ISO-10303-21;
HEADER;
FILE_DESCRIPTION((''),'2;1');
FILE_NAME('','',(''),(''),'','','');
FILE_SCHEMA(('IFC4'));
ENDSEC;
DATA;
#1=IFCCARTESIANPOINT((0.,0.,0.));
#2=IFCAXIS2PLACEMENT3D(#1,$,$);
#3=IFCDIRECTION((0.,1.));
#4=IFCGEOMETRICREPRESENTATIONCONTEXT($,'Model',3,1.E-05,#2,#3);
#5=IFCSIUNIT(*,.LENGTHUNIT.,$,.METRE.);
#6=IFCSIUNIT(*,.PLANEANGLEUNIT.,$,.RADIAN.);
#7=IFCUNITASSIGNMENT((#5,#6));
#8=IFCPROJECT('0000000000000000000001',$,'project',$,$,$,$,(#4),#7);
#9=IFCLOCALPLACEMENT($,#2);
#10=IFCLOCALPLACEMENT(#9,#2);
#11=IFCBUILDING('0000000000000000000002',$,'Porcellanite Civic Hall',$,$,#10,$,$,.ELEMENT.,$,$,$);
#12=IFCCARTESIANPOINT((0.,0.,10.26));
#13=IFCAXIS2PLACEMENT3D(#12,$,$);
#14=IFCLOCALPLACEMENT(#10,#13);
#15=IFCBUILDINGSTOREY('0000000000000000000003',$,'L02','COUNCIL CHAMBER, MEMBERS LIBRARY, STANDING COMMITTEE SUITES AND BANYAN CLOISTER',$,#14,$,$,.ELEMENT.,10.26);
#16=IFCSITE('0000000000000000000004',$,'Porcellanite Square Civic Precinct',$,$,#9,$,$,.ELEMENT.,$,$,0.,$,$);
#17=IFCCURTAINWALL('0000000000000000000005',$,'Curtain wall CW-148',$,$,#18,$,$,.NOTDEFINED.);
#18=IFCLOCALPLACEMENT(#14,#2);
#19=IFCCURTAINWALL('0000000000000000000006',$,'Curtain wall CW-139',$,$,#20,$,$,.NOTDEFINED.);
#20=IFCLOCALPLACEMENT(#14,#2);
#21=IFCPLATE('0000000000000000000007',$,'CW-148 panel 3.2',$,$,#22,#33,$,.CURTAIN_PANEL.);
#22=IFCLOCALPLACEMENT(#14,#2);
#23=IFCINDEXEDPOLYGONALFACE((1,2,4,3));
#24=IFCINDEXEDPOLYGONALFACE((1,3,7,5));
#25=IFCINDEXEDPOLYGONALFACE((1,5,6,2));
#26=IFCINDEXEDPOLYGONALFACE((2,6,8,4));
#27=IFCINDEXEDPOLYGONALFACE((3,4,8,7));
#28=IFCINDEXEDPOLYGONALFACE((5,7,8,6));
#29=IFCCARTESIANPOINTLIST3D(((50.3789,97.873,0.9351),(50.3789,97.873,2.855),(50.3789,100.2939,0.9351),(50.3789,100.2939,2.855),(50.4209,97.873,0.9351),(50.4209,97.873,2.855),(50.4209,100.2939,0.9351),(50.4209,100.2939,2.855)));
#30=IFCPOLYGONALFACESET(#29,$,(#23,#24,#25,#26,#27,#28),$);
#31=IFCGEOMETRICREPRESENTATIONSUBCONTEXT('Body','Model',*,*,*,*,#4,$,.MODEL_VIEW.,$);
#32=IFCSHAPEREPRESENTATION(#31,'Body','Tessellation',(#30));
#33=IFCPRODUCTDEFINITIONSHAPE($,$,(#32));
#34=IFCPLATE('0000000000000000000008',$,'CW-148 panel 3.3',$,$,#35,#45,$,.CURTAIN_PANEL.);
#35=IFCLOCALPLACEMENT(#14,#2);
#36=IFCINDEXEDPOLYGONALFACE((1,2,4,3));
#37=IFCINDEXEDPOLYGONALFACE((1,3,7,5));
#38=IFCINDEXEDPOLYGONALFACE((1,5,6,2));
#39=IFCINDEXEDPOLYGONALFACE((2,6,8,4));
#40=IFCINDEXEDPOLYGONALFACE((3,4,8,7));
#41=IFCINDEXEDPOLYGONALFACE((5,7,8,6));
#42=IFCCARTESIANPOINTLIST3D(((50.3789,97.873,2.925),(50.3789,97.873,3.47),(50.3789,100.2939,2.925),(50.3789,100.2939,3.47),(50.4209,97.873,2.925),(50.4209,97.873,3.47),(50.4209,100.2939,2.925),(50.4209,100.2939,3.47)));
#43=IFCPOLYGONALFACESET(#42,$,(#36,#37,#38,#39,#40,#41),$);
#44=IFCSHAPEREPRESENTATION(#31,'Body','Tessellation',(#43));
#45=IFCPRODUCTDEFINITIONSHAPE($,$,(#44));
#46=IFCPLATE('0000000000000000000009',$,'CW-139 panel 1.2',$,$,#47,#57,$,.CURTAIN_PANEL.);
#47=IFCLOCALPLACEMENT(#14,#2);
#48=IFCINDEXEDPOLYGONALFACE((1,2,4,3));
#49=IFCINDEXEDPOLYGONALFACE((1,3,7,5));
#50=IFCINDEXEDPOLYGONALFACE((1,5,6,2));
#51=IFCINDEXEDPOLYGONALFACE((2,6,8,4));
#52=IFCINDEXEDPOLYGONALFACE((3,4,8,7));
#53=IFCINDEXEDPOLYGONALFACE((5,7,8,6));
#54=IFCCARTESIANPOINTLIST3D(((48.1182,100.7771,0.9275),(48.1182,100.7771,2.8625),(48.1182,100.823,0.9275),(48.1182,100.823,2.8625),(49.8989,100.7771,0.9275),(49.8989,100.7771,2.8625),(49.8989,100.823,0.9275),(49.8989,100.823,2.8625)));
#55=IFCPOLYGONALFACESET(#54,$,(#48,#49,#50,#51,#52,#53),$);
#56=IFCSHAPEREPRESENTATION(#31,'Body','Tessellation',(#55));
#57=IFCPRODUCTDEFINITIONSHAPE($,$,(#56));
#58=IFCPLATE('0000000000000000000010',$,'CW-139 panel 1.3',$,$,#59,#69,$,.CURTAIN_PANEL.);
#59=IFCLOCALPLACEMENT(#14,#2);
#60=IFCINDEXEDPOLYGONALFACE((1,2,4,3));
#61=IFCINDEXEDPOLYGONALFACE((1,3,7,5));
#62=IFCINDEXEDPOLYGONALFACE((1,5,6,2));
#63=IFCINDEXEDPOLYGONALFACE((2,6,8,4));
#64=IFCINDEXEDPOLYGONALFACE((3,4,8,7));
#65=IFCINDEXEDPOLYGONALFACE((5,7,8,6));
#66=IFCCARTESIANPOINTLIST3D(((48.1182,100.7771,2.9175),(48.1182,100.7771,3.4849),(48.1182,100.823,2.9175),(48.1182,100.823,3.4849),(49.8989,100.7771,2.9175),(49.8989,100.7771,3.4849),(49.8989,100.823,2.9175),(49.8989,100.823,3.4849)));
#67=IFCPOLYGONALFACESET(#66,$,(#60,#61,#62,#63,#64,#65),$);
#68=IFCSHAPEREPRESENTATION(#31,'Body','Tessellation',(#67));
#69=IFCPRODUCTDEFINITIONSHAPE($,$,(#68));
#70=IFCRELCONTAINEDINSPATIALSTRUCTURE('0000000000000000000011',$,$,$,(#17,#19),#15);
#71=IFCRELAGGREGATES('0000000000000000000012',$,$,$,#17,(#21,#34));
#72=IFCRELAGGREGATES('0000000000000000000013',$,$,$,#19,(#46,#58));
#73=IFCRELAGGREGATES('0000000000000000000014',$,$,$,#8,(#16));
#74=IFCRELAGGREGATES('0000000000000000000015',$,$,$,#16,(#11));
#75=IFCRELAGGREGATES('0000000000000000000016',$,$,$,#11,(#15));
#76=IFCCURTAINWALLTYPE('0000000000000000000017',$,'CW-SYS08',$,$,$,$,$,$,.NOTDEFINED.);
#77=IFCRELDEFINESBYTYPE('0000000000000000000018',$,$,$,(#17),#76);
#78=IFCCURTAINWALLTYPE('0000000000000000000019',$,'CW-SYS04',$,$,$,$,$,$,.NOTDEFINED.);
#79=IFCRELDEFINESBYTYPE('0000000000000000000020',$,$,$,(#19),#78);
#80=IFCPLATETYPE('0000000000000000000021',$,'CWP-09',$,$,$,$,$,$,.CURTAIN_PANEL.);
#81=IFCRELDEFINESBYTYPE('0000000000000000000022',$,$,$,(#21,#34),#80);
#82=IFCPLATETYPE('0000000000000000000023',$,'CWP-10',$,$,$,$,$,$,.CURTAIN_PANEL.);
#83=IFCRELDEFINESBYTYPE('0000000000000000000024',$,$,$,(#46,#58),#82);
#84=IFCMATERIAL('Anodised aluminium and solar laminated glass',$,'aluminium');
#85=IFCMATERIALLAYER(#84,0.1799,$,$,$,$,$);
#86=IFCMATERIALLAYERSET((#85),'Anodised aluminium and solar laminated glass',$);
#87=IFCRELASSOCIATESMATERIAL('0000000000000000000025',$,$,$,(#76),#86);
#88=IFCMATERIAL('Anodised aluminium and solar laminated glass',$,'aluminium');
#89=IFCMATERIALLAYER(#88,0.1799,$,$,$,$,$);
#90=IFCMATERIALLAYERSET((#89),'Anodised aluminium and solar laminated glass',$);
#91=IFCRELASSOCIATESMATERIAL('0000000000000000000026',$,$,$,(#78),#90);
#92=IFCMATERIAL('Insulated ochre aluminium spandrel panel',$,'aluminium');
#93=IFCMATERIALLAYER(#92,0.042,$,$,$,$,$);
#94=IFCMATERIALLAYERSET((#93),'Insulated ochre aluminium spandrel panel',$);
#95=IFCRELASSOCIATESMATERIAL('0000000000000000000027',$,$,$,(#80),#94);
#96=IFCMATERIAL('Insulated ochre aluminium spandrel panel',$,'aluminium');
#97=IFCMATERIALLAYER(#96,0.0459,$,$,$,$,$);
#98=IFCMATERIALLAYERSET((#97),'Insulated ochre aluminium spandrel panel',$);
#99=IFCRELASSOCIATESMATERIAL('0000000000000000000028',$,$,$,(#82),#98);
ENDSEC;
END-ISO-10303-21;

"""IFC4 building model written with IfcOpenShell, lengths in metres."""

from ifc_helpers import new_model, si_unit, direction, frame, origin, origin_2d, place, context, subcontext, project, spatial, rectangle, extrude, material, layer, layer_set, type_object, element, aggregate, save


model = new_model("IFC4")

# Units and contexts
model_context = context("Model", 3, precision=1e-05, world=origin(), true_north=direction((0.0, 1.0)))
body_context = subcontext(model_context, "Body", "Model", "MODEL_VIEW")
ifc_project = project(units=[si_unit("LENGTHUNIT", "METRE"), si_unit("PLANEANGLEUNIT", "RADIAN")], contexts=[model_context])

# Site, building, storey
site_placement = place(None, origin())
site = spatial("IfcSite", under=ifc_project, at=site_placement, Name="Porcellanite Square Civic Precinct", CompositionType="ELEMENT", RefElevation=0.0)
building_placement = place(site_placement, origin())
building = spatial("IfcBuilding", under=site, at=building_placement, Name="Porcellanite Civic Hall", CompositionType="ELEMENT")
storey_placement = place(building_placement, frame((0.0, 0.0, 10.26)))
storey = spatial("IfcBuildingStorey", under=building, at=storey_placement, Name="L02", Description="COUNCIL CHAMBER, MEMBERS LIBRARY, STANDING COMMITTEE SUITES AND BANYAN CLOISTER", CompositionType="ELEMENT", Elevation=10.26)

# Curtain wall
ifc_material_1 = material(Name="Anodised aluminium and solar laminated glass", Category="aluminium")
ifc_layer_1 = layer(ifc_material_1, 0.1799)
ifc_layer_set_1 = layer_set([ifc_layer_1], Name="Anodised aluminium and solar laminated glass")
curtain_wall_type_1 = type_object("IfcCurtainWallType", Name="CW-SYS08", PredefinedType="NOTDEFINED", material=ifc_layer_set_1)
curtain_wall_1_placement = place(storey_placement, origin())
curtain_wall_1 = element("IfcCurtainWall", 1, at=curtain_wall_1_placement, inside=storey, type_object=curtain_wall_type_1, Name="Curtain wall CW-148", PredefinedType="NOTDEFINED")

# Curtain wall
ifc_material_2 = material(Name="Anodised aluminium and solar laminated glass", Category="aluminium")
ifc_layer_2 = layer(ifc_material_2, 0.1799)
ifc_layer_set_2 = layer_set([ifc_layer_2], Name="Anodised aluminium and solar laminated glass")
curtain_wall_type_2 = type_object("IfcCurtainWallType", Name="CW-SYS04", PredefinedType="NOTDEFINED", material=ifc_layer_set_2)
curtain_wall_2_placement = place(storey_placement, origin())
curtain_wall_2 = element("IfcCurtainWall", 2, at=curtain_wall_2_placement, inside=storey, type_object=curtain_wall_type_2, Name="Curtain wall CW-139", PredefinedType="NOTDEFINED")

# Plates
ifc_material_3 = material(Name="Insulated ochre aluminium spandrel panel", Category="aluminium")
ifc_layer_3 = layer(ifc_material_3, 0.042)
ifc_layer_set_3 = layer_set([ifc_layer_3], Name="Insulated ochre aluminium spandrel panel")
plate_type_1 = type_object("IfcPlateType", Name="CWP-09", PredefinedType="CURTAIN_PANEL", material=ifc_layer_set_3)
plate_1_placement = place(storey_placement, frame((50.3999, 99.0835, 0.9351), z_axis=(0.0, 0.0, 1.0), x_axis=(0.0, 1.0, 0.0)))
plate_1 = element("IfcPlate", 3, at=plate_1_placement, type_object=plate_type_1, Name="CW-148 panel 3.2", PredefinedType="CURTAIN_PANEL", context=body_context, shape_type="SweptSolid", body=[
    extrude(rectangle(XDim=2.4209, YDim=0.042, at=origin_2d()), origin(), (0.0, 0.0, 1.0), 1.9199),
])
plate_2_placement = place(storey_placement, frame((50.3999, 99.0835, 2.925), z_axis=(0.0, 0.0, 1.0), x_axis=(0.0, 1.0, 0.0)))
plate_2 = element("IfcPlate", 4, at=plate_2_placement, type_object=plate_type_1, Name="CW-148 panel 3.3", PredefinedType="CURTAIN_PANEL", context=body_context, shape_type="SweptSolid", body=[
    extrude(rectangle(XDim=2.4209, YDim=0.042, at=origin_2d()), origin(), (0.0, 0.0, 1.0), 0.5449),
])
aggregate(curtain_wall_1, [plate_1, plate_2])
ifc_material_4 = material(Name="Insulated ochre aluminium spandrel panel", Category="aluminium")
ifc_layer_4 = layer(ifc_material_4, 0.0459)
ifc_layer_set_4 = layer_set([ifc_layer_4], Name="Insulated ochre aluminium spandrel panel")
plate_type_2 = type_object("IfcPlateType", Name="CWP-10", PredefinedType="CURTAIN_PANEL", material=ifc_layer_set_4)
plate_3_placement = place(storey_placement, frame((49.0085, 100.8, 0.9275), z_axis=(0.0, 0.0, 1.0), x_axis=(-1.0, 0.0, 0.0)))
plate_3 = element("IfcPlate", 5, at=plate_3_placement, type_object=plate_type_2, Name="CW-139 panel 1.2", PredefinedType="CURTAIN_PANEL", context=body_context, shape_type="SweptSolid", body=[
    extrude(rectangle(XDim=1.7808, YDim=0.0459, at=origin_2d()), origin(), (0.0, 0.0, 1.0), 1.9351),
])
plate_4_placement = place(storey_placement, frame((49.0085, 100.8, 2.9175), z_axis=(0.0, 0.0, 1.0), x_axis=(-1.0, 0.0, 0.0)))
plate_4 = element("IfcPlate", 6, at=plate_4_placement, type_object=plate_type_2, Name="CW-139 panel 1.3", PredefinedType="CURTAIN_PANEL", context=body_context, shape_type="SweptSolid", body=[
    extrude(rectangle(XDim=1.7808, YDim=0.0459, at=origin_2d()), origin(), (0.0, 0.0, 1.0), 0.5674),
])
aggregate(curtain_wall_2, [plate_3, plate_4])

save(model, "model.ifc")
